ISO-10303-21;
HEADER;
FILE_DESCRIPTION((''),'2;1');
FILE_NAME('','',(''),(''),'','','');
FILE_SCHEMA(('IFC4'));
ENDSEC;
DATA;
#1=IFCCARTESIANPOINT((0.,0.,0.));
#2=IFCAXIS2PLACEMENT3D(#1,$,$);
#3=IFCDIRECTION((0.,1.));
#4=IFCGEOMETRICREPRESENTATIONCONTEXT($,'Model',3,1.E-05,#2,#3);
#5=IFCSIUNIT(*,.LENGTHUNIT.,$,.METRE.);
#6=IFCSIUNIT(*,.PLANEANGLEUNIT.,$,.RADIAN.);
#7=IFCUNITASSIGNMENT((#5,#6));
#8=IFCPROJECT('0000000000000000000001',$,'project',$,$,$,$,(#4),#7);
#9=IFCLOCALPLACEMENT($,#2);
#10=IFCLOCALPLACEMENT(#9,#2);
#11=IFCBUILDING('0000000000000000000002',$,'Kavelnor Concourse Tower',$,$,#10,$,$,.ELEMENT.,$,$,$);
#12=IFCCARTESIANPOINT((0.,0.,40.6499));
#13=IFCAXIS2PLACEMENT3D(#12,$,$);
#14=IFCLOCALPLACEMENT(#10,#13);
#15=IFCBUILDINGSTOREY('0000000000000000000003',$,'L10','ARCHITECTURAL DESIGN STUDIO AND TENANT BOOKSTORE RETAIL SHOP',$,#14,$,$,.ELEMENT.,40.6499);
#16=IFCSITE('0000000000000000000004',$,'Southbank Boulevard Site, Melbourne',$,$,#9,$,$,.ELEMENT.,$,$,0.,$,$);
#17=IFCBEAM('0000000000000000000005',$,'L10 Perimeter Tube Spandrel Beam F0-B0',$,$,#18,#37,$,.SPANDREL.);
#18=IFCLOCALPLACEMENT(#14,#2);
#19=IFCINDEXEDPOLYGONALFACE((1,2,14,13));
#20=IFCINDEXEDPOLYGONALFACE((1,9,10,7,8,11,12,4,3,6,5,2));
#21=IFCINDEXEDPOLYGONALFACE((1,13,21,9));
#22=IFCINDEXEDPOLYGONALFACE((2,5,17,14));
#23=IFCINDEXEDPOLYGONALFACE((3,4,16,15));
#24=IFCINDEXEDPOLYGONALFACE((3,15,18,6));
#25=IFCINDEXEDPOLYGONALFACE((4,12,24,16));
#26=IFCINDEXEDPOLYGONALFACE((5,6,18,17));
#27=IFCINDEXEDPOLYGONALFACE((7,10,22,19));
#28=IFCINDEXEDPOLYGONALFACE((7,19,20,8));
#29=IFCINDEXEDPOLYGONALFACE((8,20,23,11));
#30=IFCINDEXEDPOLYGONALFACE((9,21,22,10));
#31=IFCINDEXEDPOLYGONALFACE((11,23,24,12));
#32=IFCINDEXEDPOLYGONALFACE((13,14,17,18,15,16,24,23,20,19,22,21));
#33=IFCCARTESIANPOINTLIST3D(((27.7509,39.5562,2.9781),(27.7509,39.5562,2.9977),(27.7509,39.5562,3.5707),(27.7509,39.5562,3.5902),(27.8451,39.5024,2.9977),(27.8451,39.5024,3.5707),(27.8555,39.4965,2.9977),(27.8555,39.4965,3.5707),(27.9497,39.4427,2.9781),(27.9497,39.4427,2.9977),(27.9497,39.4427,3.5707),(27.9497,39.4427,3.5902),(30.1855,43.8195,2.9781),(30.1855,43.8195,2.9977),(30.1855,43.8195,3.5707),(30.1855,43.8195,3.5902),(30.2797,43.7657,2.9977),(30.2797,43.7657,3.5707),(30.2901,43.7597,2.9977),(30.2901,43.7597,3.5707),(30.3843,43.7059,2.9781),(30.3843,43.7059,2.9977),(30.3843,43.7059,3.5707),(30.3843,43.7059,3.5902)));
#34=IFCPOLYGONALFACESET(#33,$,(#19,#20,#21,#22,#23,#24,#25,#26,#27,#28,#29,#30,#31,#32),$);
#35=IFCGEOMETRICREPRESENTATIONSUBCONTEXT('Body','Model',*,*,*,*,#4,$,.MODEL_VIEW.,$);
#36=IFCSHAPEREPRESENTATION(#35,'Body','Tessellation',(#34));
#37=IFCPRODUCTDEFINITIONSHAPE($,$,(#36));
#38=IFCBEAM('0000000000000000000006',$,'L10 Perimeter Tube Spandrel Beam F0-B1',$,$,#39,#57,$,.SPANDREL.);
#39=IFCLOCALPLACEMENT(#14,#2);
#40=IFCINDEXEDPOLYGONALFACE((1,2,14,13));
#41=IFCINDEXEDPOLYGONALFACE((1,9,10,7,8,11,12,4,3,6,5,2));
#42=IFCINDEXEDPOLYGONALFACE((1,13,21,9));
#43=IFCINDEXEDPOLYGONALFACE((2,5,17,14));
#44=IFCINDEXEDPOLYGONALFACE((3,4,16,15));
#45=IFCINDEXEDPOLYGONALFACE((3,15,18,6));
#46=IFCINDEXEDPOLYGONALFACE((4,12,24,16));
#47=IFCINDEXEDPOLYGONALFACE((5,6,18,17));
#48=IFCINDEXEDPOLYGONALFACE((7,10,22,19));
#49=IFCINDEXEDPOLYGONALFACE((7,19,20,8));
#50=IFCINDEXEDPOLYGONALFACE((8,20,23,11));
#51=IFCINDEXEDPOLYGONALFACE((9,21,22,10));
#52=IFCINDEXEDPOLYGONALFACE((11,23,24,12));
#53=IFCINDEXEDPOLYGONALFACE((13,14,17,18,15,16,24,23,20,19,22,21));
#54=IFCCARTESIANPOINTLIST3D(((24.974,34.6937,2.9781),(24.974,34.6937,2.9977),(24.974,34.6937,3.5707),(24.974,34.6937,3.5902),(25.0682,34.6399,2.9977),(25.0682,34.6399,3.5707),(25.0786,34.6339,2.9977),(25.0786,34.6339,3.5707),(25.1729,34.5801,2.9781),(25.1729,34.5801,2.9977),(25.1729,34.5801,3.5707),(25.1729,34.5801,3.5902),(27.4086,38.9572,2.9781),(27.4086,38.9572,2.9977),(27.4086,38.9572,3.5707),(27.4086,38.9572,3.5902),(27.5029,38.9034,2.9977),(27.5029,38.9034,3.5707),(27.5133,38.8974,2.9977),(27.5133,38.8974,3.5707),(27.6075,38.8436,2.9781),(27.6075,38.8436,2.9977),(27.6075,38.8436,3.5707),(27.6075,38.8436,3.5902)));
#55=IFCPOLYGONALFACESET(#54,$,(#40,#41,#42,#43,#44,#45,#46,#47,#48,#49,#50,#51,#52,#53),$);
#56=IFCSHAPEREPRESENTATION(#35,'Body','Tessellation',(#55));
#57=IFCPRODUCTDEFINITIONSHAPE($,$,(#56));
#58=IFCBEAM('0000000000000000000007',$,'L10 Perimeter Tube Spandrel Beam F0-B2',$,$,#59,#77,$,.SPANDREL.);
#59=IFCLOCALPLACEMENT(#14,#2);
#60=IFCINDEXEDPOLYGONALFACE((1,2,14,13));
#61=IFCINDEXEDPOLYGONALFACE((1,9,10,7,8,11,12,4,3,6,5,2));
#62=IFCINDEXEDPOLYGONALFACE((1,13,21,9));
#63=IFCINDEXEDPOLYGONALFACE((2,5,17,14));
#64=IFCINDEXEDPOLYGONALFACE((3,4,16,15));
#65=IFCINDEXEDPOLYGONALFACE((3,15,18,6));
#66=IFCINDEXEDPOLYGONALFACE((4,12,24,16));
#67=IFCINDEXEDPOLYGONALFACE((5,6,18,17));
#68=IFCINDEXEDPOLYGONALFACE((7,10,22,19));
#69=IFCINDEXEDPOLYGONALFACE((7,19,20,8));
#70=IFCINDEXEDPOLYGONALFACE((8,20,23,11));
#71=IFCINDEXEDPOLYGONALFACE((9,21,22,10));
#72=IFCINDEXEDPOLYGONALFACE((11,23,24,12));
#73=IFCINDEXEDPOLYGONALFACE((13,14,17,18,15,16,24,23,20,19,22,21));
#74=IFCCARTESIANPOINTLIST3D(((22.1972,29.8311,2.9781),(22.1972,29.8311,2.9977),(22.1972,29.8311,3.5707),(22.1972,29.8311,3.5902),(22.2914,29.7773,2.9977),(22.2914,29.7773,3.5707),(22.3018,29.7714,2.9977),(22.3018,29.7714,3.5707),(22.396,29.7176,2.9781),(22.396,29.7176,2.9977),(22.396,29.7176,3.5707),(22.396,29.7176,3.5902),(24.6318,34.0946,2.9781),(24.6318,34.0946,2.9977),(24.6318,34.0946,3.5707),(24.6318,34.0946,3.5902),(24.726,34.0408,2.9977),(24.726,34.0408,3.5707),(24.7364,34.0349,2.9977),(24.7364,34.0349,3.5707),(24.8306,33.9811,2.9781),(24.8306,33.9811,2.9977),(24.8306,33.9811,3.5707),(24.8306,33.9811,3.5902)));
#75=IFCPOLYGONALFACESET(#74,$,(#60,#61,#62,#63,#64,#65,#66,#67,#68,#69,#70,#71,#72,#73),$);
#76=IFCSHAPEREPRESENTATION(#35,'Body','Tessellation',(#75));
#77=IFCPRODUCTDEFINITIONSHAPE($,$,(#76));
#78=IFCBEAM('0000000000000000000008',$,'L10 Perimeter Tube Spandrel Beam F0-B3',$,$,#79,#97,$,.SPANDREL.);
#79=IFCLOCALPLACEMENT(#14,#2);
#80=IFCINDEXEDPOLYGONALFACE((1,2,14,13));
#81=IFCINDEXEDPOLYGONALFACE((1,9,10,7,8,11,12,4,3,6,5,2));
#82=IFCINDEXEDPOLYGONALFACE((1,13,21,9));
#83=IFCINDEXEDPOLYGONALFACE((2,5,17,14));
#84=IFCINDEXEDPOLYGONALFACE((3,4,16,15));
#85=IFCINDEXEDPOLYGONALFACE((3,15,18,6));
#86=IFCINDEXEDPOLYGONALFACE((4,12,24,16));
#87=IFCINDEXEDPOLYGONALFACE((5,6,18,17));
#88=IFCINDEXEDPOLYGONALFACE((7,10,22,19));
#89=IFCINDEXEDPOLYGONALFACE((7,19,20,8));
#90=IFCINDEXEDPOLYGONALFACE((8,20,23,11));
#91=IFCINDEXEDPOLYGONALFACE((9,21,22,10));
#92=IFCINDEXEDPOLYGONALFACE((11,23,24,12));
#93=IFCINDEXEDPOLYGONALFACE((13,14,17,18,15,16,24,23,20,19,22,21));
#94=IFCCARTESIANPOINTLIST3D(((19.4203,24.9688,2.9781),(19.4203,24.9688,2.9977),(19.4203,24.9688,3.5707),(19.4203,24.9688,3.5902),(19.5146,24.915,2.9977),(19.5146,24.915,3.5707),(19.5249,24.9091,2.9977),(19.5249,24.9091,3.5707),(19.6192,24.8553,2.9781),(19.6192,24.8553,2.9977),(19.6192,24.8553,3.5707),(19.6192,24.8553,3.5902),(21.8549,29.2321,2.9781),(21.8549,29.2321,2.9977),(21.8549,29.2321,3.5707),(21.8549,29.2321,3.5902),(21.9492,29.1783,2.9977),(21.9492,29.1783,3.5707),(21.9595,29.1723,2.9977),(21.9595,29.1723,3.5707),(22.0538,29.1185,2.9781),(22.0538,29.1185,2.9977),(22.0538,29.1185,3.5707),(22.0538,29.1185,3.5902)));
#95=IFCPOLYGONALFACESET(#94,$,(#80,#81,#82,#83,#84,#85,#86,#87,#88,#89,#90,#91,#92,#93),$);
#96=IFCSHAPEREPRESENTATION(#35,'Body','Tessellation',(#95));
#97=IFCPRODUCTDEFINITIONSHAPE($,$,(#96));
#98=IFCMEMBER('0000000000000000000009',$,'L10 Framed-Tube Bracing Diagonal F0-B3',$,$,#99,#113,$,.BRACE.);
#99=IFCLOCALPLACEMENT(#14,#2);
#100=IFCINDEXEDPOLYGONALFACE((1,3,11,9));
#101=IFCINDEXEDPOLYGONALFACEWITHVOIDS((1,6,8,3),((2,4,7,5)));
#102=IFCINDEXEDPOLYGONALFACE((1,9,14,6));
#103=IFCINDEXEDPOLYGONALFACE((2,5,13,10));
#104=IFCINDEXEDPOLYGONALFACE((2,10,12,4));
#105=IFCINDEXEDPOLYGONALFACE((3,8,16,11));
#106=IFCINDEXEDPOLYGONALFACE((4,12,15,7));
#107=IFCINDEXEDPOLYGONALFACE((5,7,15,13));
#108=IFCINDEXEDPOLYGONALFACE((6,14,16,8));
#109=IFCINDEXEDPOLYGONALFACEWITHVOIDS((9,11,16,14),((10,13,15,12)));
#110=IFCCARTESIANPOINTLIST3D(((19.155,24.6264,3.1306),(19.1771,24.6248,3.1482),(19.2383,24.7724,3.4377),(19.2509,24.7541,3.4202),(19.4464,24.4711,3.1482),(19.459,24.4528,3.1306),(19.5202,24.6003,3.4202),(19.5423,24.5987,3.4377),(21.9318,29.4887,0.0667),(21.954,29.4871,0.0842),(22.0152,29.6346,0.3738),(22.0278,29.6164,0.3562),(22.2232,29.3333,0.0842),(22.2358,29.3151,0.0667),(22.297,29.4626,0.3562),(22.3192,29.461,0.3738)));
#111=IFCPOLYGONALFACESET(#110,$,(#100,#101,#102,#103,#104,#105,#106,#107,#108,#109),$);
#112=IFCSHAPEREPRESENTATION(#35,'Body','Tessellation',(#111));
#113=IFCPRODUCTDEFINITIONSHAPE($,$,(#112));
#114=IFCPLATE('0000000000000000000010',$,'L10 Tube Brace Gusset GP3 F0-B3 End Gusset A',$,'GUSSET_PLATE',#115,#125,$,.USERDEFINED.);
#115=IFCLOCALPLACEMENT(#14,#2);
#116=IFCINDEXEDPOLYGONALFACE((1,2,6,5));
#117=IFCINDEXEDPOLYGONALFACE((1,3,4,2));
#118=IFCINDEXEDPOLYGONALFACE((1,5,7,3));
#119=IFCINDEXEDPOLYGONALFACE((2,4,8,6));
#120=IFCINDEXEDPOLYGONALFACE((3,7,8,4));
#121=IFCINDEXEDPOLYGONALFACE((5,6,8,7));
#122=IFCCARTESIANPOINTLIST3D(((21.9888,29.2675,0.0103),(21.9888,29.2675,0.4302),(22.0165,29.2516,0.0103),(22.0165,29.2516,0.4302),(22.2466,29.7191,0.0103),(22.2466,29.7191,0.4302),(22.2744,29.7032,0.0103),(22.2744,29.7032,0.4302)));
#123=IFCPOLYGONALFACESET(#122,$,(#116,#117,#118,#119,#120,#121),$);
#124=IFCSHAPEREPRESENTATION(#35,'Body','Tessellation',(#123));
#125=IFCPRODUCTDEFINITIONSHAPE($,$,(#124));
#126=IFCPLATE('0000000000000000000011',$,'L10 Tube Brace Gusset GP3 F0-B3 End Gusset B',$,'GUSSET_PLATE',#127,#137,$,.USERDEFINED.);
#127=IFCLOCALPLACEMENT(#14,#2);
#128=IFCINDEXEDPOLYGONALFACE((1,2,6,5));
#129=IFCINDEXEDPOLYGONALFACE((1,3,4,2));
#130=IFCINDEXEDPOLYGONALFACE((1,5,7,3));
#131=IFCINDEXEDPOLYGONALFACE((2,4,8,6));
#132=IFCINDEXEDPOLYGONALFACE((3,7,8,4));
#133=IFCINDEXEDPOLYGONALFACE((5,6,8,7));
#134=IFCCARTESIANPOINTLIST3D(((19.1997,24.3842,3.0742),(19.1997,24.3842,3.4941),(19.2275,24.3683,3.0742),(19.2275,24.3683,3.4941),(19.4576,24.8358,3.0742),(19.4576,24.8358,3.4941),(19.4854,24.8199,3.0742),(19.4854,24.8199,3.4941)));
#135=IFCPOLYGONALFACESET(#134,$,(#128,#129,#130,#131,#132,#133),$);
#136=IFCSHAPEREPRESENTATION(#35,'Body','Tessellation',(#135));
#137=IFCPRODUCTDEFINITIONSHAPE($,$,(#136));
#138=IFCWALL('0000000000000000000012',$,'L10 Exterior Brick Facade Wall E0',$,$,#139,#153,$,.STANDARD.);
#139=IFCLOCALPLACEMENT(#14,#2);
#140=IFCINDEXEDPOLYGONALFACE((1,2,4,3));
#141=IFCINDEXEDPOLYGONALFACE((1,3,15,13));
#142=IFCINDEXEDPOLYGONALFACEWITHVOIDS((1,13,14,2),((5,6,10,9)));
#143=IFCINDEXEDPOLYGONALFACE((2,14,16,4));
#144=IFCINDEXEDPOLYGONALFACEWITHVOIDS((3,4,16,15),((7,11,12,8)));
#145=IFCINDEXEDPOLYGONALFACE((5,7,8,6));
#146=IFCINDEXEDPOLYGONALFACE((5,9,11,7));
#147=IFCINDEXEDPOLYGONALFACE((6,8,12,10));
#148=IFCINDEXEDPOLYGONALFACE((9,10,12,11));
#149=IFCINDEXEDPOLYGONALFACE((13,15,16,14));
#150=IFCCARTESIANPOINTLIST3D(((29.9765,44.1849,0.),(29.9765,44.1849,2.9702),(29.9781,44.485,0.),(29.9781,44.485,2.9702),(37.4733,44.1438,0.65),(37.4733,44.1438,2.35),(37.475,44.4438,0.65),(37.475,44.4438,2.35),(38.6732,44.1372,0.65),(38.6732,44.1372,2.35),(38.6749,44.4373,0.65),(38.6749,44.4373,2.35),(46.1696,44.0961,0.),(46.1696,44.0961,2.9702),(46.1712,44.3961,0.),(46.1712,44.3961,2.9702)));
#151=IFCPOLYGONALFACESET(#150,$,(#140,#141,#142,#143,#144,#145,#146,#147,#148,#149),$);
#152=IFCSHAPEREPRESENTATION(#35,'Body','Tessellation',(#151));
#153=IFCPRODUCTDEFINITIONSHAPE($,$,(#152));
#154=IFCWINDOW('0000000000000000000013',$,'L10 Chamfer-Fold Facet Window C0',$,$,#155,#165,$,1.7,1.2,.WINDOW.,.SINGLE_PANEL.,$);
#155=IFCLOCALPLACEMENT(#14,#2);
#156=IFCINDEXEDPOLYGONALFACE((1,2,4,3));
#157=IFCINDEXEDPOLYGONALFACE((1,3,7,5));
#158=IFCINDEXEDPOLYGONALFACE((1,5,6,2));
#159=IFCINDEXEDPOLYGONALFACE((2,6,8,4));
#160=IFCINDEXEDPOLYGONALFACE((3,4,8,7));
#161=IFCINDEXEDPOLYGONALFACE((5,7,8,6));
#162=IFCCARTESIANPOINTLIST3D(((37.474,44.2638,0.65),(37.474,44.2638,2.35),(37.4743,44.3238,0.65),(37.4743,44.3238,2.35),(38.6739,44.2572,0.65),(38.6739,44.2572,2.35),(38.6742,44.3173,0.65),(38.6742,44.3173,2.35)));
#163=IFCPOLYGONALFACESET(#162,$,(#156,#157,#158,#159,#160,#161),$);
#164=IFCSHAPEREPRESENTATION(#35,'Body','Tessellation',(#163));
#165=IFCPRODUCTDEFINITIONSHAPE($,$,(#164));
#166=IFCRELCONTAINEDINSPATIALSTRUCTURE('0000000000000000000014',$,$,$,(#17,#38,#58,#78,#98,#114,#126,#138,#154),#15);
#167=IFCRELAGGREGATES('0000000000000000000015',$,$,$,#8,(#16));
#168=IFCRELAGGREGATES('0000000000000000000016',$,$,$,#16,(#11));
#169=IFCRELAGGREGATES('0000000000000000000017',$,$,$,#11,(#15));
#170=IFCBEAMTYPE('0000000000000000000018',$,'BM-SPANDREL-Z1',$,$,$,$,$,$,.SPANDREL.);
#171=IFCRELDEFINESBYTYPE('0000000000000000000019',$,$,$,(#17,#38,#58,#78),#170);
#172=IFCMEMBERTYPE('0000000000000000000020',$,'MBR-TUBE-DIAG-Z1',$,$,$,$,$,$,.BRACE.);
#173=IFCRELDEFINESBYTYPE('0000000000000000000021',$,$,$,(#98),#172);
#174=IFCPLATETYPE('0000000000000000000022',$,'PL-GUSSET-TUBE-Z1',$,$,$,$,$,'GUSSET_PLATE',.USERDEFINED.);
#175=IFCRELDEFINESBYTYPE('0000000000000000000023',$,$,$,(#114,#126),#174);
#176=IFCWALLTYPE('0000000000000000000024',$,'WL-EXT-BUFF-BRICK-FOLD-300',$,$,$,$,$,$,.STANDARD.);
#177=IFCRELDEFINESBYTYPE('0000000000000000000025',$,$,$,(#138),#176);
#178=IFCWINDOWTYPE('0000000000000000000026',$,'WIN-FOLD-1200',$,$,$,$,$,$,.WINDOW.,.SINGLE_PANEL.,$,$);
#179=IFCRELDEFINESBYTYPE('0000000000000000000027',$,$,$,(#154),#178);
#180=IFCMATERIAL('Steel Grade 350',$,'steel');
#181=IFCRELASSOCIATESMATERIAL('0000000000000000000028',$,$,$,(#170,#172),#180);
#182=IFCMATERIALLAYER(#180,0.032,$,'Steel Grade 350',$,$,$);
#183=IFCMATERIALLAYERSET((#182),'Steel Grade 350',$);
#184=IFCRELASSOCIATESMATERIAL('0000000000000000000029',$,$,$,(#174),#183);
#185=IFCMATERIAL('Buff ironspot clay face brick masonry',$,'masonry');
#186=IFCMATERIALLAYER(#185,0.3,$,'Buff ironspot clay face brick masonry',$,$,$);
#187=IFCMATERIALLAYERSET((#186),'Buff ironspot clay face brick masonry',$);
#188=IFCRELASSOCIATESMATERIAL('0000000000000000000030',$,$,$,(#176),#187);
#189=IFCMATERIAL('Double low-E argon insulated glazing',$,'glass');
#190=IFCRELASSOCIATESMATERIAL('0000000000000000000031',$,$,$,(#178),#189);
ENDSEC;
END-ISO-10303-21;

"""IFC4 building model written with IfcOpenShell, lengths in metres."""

from ifc_helpers import new_model, si_unit, direction, frame, frame_2d, origin, origin_2d, place, context, subcontext, project, spatial, rectangle, hollow_rectangle, i_section, extrude, material, layer, layer_set, material_profile, profile_set, type_object, element, fill, save


model = new_model("IFC4")

# Units and contexts
model_context = context("Model", 3, precision=1e-05, world=origin(), true_north=direction((0.0, 1.0)))
body_context = subcontext(model_context, "Body", "Model", "MODEL_VIEW")
ifc_project = project(units=[si_unit("LENGTHUNIT", "METRE"), si_unit("PLANEANGLEUNIT", "RADIAN")], contexts=[model_context])

# Site, building, storey
site_placement = place(None, origin())
site = spatial("IfcSite", under=ifc_project, at=site_placement, Name="Southbank Boulevard Site, Melbourne", CompositionType="ELEMENT", RefElevation=0.0)
building_placement = place(site_placement, origin())
building = spatial("IfcBuilding", under=site, at=building_placement, Name="Kavelnor Concourse Tower", CompositionType="ELEMENT")
storey_placement = place(building_placement, frame((0.0, 0.0, 40.6499)))
storey = spatial("IfcBuildingStorey", under=building, at=storey_placement, Name="L10", Description="ARCHITECTURAL DESIGN STUDIO AND TENANT BOOKSTORE RETAIL SHOP", CompositionType="ELEMENT", Elevation=40.6499)

# Shared definitions
ifc_material_1 = material(Name="Steel Grade 350", Category="steel")

# Beams
ifc_material_profile_1 = material_profile(ifc_material_1, i_section(OverallWidth=0.229, OverallDepth=0.6121, WebThickness=0.012, FlangeThickness=0.0195, at=origin_2d()), Name="610UB125")
ifc_profile_set_1 = profile_set([ifc_material_profile_1], Name="Steel Grade 350")
beam_type_1 = type_object("IfcBeamType", Name="BM-SPANDREL-Z1", PredefinedType="SPANDREL", material=ifc_profile_set_1)
beam_1_placement = place(storey_placement, frame((30.2849, 43.7627, 3.2842), z_axis=(-0.495903, -0.868378, 0.0), x_axis=(0.868378, -0.495903, 0.0)))
element("IfcBeam", 1, at=beam_1_placement, inside=storey, type_object=beam_type_1, Name="L10 Perimeter Tube Spandrel Beam F0-B0", PredefinedType="SPANDREL", context=body_context, shape_type="SweptSolid", body=[
    extrude(i_section(OverallWidth=0.229, OverallDepth=0.6121, WebThickness=0.012, FlangeThickness=0.0195, at=origin_2d()), origin(), (0.0, 0.0, 1.0), 4.9094),
])
for number, where, z_axis, x_axis, name in (
    (2, (27.5081, 38.9004, 3.2842), (-0.495882, -0.86839, 0.0), (0.86839, -0.495882, 0.0), "L10 Perimeter Tube Spandrel Beam F0-B1"),
    (3, (24.7312, 34.0378, 3.2842), (-0.495882, -0.86839, 0.0), (0.86839, -0.495882, 0.0), "L10 Perimeter Tube Spandrel Beam F0-B2"),
):
    element("IfcBeam", number, at=place(storey_placement, frame(where, z_axis=z_axis, x_axis=x_axis)), inside=storey, type_object=beam_type_1, Name=name, PredefinedType="SPANDREL", context=body_context, shape_type="SweptSolid", body=[
        extrude(i_section(OverallWidth=0.229, OverallDepth=0.6121, WebThickness=0.012, FlangeThickness=0.0195, at=origin_2d()), origin(), (0.0, 0.0, 1.0), 4.9097),
    ])
beam_2_placement = place(storey_placement, frame((21.9543, 29.1753, 3.2842), z_axis=(-0.495903, -0.868378, 0.0), x_axis=(0.868378, -0.495903, 0.0)))
element("IfcBeam", 4, at=beam_2_placement, inside=storey, type_object=beam_type_1, Name="L10 Perimeter Tube Spandrel Beam F0-B3", PredefinedType="SPANDREL", context=body_context, shape_type="SweptSolid", body=[
    extrude(i_section(OverallWidth=0.229, OverallDepth=0.6121, WebThickness=0.012, FlangeThickness=0.0195, at=origin_2d()), origin(), (0.0, 0.0, 1.0), 4.9094),
])

# Member
ifc_material_profile_2 = material_profile(ifc_material_1, hollow_rectangle(XDim=0.3501, YDim=0.3501, WallThickness=0.02, at=origin_2d()), Name="SHS 350x350x20")
ifc_profile_set_2 = profile_set([ifc_material_profile_2], Name="Steel Grade 350")
member_type = type_object("IfcMemberType", Name="MBR-TUBE-DIAG-Z1", PredefinedType="BRACE", material=ifc_profile_set_2)
member_placement = place(storey_placement, frame((22.1255, 29.4749, 0.2202), z_axis=(-0.435049, -0.761776, 0.480031), x_axis=(0.868367, -0.495923, 0.0)))
element("IfcMember", 5, at=member_placement, inside=storey, type_object=member_type, Name="L10 Framed-Tube Bracing Diagonal F0-B3", PredefinedType="BRACE", context=body_context, shape_type="SweptSolid", body=[
    extrude(hollow_rectangle(XDim=0.3501, YDim=0.3501, WallThickness=0.02, at=origin_2d()), origin(), (0.0, 0.0, 1.0), 6.3828),
])

# Plates
ifc_layer_1 = layer(ifc_material_1, 0.032, Name="Steel Grade 350")
ifc_layer_set_1 = layer_set([ifc_layer_1], Name="Steel Grade 350")
plate_type = type_object("IfcPlateType", Name="PL-GUSSET-TUBE-Z1", ElementType="GUSSET_PLATE", PredefinedType="USERDEFINED", material=ifc_layer_set_1)
for number, where, z_axis, x_axis, name in (
    (6, (22.1316, 29.4854, 0.0103), (0.0, 0.0, 1.0), (-0.495913, -0.868372, 0.0), "L10 Tube Brace Gusset GP3 F0-B3 End Gusset A"),
    (7, (19.3425, 24.6021, 3.0742), (0.0, 0.0, 1.0), (-0.495913, -0.868372, 0.0), "L10 Tube Brace Gusset GP3 F0-B3 End Gusset B"),
):
    element("IfcPlate", number, at=place(storey_placement, frame(where, z_axis=z_axis, x_axis=x_axis)), inside=storey, type_object=plate_type, Name=name, ObjectType="GUSSET_PLATE", PredefinedType="USERDEFINED", context=body_context, shape_type="SweptSolid", body=[
        extrude(rectangle(XDim=0.52, YDim=0.032, at=origin_2d()), origin(), (0.0, 0.0, 1.0), 0.4199),
    ])

# Wall, opening, window
ifc_material_2 = material(Name="Buff ironspot clay face brick masonry", Category="masonry")
ifc_layer_2 = layer(ifc_material_2, 0.3, Name="Buff ironspot clay face brick masonry")
ifc_layer_set_2 = layer_set([ifc_layer_2], Name="Buff ironspot clay face brick masonry")
wall_type_1 = type_object("IfcWallType", Name="WL-EXT-BUFF-BRICK-FOLD-300", PredefinedType="STANDARD", material=ifc_layer_set_2)
wall_1_placement = place(storey_placement, frame((29.9773, 44.335, 0.0), z_axis=(0.0, 0.0, 1.0), x_axis=(0.999985, -0.005488, 0.0)))
wall_1 = element("IfcWall", 8, at=wall_1_placement, inside=storey, type_object=wall_type_1, Name="L10 Exterior Brick Facade Wall E0", PredefinedType="STANDARD", context=body_context, shape_type="SweptSolid", body=[
    extrude(rectangle(XDim=16.1934, YDim=0.3, at=frame_2d((8.0967, 0.0))), origin(), (0.0, 0.0, 1.0), 2.9702),
])
opening_1_placement = place(wall_1_placement, frame((7.4968, 0.0, 0.6499)))
opening_1 = element("IfcOpeningElement", 9, at=opening_1_placement, cuts=wall_1, PredefinedType="OPENING", context=body_context, shape_type="SweptSolid", body=[
    extrude(rectangle(XDim=1.2, YDim=1.7, at=frame_2d((0.6001, 0.8501))), frame((0.0, 0.1602, 0.0), z_axis=(0.0, -1.0, 0.0), x_axis=(1.0, 0.0, 0.0)), (0.0, 0.0, 1.0), 0.3201),
])
ifc_material_3 = material(Name="Double low-E argon insulated glazing", Category="glass")
window_type = type_object("IfcWindowType", Name="WIN-FOLD-1200", PartitioningType="SINGLE_PANEL", PredefinedType="WINDOW", material=ifc_material_3)
window_placement = place(opening_1_placement, origin())
window = element("IfcWindow", 10, at=window_placement, inside=storey, type_object=window_type, Name="L10 Chamfer-Fold Facet Window C0", OverallHeight=1.7, OverallWidth=1.2, PartitioningType="SINGLE_PANEL", PredefinedType="WINDOW", context=body_context, shape_type="SweptSolid", body=[
    extrude(rectangle(XDim=1.2, YDim=1.7, at=frame_2d((0.6001, 0.8501))), frame((0.0, 0.03, 0.0), z_axis=(0.0, -1.0, 0.0), x_axis=(1.0, 0.0, 0.0)), (0.0, 0.0, 1.0), 0.0601),
])
fill(opening_1, window)

save(model, "model.ifc")
